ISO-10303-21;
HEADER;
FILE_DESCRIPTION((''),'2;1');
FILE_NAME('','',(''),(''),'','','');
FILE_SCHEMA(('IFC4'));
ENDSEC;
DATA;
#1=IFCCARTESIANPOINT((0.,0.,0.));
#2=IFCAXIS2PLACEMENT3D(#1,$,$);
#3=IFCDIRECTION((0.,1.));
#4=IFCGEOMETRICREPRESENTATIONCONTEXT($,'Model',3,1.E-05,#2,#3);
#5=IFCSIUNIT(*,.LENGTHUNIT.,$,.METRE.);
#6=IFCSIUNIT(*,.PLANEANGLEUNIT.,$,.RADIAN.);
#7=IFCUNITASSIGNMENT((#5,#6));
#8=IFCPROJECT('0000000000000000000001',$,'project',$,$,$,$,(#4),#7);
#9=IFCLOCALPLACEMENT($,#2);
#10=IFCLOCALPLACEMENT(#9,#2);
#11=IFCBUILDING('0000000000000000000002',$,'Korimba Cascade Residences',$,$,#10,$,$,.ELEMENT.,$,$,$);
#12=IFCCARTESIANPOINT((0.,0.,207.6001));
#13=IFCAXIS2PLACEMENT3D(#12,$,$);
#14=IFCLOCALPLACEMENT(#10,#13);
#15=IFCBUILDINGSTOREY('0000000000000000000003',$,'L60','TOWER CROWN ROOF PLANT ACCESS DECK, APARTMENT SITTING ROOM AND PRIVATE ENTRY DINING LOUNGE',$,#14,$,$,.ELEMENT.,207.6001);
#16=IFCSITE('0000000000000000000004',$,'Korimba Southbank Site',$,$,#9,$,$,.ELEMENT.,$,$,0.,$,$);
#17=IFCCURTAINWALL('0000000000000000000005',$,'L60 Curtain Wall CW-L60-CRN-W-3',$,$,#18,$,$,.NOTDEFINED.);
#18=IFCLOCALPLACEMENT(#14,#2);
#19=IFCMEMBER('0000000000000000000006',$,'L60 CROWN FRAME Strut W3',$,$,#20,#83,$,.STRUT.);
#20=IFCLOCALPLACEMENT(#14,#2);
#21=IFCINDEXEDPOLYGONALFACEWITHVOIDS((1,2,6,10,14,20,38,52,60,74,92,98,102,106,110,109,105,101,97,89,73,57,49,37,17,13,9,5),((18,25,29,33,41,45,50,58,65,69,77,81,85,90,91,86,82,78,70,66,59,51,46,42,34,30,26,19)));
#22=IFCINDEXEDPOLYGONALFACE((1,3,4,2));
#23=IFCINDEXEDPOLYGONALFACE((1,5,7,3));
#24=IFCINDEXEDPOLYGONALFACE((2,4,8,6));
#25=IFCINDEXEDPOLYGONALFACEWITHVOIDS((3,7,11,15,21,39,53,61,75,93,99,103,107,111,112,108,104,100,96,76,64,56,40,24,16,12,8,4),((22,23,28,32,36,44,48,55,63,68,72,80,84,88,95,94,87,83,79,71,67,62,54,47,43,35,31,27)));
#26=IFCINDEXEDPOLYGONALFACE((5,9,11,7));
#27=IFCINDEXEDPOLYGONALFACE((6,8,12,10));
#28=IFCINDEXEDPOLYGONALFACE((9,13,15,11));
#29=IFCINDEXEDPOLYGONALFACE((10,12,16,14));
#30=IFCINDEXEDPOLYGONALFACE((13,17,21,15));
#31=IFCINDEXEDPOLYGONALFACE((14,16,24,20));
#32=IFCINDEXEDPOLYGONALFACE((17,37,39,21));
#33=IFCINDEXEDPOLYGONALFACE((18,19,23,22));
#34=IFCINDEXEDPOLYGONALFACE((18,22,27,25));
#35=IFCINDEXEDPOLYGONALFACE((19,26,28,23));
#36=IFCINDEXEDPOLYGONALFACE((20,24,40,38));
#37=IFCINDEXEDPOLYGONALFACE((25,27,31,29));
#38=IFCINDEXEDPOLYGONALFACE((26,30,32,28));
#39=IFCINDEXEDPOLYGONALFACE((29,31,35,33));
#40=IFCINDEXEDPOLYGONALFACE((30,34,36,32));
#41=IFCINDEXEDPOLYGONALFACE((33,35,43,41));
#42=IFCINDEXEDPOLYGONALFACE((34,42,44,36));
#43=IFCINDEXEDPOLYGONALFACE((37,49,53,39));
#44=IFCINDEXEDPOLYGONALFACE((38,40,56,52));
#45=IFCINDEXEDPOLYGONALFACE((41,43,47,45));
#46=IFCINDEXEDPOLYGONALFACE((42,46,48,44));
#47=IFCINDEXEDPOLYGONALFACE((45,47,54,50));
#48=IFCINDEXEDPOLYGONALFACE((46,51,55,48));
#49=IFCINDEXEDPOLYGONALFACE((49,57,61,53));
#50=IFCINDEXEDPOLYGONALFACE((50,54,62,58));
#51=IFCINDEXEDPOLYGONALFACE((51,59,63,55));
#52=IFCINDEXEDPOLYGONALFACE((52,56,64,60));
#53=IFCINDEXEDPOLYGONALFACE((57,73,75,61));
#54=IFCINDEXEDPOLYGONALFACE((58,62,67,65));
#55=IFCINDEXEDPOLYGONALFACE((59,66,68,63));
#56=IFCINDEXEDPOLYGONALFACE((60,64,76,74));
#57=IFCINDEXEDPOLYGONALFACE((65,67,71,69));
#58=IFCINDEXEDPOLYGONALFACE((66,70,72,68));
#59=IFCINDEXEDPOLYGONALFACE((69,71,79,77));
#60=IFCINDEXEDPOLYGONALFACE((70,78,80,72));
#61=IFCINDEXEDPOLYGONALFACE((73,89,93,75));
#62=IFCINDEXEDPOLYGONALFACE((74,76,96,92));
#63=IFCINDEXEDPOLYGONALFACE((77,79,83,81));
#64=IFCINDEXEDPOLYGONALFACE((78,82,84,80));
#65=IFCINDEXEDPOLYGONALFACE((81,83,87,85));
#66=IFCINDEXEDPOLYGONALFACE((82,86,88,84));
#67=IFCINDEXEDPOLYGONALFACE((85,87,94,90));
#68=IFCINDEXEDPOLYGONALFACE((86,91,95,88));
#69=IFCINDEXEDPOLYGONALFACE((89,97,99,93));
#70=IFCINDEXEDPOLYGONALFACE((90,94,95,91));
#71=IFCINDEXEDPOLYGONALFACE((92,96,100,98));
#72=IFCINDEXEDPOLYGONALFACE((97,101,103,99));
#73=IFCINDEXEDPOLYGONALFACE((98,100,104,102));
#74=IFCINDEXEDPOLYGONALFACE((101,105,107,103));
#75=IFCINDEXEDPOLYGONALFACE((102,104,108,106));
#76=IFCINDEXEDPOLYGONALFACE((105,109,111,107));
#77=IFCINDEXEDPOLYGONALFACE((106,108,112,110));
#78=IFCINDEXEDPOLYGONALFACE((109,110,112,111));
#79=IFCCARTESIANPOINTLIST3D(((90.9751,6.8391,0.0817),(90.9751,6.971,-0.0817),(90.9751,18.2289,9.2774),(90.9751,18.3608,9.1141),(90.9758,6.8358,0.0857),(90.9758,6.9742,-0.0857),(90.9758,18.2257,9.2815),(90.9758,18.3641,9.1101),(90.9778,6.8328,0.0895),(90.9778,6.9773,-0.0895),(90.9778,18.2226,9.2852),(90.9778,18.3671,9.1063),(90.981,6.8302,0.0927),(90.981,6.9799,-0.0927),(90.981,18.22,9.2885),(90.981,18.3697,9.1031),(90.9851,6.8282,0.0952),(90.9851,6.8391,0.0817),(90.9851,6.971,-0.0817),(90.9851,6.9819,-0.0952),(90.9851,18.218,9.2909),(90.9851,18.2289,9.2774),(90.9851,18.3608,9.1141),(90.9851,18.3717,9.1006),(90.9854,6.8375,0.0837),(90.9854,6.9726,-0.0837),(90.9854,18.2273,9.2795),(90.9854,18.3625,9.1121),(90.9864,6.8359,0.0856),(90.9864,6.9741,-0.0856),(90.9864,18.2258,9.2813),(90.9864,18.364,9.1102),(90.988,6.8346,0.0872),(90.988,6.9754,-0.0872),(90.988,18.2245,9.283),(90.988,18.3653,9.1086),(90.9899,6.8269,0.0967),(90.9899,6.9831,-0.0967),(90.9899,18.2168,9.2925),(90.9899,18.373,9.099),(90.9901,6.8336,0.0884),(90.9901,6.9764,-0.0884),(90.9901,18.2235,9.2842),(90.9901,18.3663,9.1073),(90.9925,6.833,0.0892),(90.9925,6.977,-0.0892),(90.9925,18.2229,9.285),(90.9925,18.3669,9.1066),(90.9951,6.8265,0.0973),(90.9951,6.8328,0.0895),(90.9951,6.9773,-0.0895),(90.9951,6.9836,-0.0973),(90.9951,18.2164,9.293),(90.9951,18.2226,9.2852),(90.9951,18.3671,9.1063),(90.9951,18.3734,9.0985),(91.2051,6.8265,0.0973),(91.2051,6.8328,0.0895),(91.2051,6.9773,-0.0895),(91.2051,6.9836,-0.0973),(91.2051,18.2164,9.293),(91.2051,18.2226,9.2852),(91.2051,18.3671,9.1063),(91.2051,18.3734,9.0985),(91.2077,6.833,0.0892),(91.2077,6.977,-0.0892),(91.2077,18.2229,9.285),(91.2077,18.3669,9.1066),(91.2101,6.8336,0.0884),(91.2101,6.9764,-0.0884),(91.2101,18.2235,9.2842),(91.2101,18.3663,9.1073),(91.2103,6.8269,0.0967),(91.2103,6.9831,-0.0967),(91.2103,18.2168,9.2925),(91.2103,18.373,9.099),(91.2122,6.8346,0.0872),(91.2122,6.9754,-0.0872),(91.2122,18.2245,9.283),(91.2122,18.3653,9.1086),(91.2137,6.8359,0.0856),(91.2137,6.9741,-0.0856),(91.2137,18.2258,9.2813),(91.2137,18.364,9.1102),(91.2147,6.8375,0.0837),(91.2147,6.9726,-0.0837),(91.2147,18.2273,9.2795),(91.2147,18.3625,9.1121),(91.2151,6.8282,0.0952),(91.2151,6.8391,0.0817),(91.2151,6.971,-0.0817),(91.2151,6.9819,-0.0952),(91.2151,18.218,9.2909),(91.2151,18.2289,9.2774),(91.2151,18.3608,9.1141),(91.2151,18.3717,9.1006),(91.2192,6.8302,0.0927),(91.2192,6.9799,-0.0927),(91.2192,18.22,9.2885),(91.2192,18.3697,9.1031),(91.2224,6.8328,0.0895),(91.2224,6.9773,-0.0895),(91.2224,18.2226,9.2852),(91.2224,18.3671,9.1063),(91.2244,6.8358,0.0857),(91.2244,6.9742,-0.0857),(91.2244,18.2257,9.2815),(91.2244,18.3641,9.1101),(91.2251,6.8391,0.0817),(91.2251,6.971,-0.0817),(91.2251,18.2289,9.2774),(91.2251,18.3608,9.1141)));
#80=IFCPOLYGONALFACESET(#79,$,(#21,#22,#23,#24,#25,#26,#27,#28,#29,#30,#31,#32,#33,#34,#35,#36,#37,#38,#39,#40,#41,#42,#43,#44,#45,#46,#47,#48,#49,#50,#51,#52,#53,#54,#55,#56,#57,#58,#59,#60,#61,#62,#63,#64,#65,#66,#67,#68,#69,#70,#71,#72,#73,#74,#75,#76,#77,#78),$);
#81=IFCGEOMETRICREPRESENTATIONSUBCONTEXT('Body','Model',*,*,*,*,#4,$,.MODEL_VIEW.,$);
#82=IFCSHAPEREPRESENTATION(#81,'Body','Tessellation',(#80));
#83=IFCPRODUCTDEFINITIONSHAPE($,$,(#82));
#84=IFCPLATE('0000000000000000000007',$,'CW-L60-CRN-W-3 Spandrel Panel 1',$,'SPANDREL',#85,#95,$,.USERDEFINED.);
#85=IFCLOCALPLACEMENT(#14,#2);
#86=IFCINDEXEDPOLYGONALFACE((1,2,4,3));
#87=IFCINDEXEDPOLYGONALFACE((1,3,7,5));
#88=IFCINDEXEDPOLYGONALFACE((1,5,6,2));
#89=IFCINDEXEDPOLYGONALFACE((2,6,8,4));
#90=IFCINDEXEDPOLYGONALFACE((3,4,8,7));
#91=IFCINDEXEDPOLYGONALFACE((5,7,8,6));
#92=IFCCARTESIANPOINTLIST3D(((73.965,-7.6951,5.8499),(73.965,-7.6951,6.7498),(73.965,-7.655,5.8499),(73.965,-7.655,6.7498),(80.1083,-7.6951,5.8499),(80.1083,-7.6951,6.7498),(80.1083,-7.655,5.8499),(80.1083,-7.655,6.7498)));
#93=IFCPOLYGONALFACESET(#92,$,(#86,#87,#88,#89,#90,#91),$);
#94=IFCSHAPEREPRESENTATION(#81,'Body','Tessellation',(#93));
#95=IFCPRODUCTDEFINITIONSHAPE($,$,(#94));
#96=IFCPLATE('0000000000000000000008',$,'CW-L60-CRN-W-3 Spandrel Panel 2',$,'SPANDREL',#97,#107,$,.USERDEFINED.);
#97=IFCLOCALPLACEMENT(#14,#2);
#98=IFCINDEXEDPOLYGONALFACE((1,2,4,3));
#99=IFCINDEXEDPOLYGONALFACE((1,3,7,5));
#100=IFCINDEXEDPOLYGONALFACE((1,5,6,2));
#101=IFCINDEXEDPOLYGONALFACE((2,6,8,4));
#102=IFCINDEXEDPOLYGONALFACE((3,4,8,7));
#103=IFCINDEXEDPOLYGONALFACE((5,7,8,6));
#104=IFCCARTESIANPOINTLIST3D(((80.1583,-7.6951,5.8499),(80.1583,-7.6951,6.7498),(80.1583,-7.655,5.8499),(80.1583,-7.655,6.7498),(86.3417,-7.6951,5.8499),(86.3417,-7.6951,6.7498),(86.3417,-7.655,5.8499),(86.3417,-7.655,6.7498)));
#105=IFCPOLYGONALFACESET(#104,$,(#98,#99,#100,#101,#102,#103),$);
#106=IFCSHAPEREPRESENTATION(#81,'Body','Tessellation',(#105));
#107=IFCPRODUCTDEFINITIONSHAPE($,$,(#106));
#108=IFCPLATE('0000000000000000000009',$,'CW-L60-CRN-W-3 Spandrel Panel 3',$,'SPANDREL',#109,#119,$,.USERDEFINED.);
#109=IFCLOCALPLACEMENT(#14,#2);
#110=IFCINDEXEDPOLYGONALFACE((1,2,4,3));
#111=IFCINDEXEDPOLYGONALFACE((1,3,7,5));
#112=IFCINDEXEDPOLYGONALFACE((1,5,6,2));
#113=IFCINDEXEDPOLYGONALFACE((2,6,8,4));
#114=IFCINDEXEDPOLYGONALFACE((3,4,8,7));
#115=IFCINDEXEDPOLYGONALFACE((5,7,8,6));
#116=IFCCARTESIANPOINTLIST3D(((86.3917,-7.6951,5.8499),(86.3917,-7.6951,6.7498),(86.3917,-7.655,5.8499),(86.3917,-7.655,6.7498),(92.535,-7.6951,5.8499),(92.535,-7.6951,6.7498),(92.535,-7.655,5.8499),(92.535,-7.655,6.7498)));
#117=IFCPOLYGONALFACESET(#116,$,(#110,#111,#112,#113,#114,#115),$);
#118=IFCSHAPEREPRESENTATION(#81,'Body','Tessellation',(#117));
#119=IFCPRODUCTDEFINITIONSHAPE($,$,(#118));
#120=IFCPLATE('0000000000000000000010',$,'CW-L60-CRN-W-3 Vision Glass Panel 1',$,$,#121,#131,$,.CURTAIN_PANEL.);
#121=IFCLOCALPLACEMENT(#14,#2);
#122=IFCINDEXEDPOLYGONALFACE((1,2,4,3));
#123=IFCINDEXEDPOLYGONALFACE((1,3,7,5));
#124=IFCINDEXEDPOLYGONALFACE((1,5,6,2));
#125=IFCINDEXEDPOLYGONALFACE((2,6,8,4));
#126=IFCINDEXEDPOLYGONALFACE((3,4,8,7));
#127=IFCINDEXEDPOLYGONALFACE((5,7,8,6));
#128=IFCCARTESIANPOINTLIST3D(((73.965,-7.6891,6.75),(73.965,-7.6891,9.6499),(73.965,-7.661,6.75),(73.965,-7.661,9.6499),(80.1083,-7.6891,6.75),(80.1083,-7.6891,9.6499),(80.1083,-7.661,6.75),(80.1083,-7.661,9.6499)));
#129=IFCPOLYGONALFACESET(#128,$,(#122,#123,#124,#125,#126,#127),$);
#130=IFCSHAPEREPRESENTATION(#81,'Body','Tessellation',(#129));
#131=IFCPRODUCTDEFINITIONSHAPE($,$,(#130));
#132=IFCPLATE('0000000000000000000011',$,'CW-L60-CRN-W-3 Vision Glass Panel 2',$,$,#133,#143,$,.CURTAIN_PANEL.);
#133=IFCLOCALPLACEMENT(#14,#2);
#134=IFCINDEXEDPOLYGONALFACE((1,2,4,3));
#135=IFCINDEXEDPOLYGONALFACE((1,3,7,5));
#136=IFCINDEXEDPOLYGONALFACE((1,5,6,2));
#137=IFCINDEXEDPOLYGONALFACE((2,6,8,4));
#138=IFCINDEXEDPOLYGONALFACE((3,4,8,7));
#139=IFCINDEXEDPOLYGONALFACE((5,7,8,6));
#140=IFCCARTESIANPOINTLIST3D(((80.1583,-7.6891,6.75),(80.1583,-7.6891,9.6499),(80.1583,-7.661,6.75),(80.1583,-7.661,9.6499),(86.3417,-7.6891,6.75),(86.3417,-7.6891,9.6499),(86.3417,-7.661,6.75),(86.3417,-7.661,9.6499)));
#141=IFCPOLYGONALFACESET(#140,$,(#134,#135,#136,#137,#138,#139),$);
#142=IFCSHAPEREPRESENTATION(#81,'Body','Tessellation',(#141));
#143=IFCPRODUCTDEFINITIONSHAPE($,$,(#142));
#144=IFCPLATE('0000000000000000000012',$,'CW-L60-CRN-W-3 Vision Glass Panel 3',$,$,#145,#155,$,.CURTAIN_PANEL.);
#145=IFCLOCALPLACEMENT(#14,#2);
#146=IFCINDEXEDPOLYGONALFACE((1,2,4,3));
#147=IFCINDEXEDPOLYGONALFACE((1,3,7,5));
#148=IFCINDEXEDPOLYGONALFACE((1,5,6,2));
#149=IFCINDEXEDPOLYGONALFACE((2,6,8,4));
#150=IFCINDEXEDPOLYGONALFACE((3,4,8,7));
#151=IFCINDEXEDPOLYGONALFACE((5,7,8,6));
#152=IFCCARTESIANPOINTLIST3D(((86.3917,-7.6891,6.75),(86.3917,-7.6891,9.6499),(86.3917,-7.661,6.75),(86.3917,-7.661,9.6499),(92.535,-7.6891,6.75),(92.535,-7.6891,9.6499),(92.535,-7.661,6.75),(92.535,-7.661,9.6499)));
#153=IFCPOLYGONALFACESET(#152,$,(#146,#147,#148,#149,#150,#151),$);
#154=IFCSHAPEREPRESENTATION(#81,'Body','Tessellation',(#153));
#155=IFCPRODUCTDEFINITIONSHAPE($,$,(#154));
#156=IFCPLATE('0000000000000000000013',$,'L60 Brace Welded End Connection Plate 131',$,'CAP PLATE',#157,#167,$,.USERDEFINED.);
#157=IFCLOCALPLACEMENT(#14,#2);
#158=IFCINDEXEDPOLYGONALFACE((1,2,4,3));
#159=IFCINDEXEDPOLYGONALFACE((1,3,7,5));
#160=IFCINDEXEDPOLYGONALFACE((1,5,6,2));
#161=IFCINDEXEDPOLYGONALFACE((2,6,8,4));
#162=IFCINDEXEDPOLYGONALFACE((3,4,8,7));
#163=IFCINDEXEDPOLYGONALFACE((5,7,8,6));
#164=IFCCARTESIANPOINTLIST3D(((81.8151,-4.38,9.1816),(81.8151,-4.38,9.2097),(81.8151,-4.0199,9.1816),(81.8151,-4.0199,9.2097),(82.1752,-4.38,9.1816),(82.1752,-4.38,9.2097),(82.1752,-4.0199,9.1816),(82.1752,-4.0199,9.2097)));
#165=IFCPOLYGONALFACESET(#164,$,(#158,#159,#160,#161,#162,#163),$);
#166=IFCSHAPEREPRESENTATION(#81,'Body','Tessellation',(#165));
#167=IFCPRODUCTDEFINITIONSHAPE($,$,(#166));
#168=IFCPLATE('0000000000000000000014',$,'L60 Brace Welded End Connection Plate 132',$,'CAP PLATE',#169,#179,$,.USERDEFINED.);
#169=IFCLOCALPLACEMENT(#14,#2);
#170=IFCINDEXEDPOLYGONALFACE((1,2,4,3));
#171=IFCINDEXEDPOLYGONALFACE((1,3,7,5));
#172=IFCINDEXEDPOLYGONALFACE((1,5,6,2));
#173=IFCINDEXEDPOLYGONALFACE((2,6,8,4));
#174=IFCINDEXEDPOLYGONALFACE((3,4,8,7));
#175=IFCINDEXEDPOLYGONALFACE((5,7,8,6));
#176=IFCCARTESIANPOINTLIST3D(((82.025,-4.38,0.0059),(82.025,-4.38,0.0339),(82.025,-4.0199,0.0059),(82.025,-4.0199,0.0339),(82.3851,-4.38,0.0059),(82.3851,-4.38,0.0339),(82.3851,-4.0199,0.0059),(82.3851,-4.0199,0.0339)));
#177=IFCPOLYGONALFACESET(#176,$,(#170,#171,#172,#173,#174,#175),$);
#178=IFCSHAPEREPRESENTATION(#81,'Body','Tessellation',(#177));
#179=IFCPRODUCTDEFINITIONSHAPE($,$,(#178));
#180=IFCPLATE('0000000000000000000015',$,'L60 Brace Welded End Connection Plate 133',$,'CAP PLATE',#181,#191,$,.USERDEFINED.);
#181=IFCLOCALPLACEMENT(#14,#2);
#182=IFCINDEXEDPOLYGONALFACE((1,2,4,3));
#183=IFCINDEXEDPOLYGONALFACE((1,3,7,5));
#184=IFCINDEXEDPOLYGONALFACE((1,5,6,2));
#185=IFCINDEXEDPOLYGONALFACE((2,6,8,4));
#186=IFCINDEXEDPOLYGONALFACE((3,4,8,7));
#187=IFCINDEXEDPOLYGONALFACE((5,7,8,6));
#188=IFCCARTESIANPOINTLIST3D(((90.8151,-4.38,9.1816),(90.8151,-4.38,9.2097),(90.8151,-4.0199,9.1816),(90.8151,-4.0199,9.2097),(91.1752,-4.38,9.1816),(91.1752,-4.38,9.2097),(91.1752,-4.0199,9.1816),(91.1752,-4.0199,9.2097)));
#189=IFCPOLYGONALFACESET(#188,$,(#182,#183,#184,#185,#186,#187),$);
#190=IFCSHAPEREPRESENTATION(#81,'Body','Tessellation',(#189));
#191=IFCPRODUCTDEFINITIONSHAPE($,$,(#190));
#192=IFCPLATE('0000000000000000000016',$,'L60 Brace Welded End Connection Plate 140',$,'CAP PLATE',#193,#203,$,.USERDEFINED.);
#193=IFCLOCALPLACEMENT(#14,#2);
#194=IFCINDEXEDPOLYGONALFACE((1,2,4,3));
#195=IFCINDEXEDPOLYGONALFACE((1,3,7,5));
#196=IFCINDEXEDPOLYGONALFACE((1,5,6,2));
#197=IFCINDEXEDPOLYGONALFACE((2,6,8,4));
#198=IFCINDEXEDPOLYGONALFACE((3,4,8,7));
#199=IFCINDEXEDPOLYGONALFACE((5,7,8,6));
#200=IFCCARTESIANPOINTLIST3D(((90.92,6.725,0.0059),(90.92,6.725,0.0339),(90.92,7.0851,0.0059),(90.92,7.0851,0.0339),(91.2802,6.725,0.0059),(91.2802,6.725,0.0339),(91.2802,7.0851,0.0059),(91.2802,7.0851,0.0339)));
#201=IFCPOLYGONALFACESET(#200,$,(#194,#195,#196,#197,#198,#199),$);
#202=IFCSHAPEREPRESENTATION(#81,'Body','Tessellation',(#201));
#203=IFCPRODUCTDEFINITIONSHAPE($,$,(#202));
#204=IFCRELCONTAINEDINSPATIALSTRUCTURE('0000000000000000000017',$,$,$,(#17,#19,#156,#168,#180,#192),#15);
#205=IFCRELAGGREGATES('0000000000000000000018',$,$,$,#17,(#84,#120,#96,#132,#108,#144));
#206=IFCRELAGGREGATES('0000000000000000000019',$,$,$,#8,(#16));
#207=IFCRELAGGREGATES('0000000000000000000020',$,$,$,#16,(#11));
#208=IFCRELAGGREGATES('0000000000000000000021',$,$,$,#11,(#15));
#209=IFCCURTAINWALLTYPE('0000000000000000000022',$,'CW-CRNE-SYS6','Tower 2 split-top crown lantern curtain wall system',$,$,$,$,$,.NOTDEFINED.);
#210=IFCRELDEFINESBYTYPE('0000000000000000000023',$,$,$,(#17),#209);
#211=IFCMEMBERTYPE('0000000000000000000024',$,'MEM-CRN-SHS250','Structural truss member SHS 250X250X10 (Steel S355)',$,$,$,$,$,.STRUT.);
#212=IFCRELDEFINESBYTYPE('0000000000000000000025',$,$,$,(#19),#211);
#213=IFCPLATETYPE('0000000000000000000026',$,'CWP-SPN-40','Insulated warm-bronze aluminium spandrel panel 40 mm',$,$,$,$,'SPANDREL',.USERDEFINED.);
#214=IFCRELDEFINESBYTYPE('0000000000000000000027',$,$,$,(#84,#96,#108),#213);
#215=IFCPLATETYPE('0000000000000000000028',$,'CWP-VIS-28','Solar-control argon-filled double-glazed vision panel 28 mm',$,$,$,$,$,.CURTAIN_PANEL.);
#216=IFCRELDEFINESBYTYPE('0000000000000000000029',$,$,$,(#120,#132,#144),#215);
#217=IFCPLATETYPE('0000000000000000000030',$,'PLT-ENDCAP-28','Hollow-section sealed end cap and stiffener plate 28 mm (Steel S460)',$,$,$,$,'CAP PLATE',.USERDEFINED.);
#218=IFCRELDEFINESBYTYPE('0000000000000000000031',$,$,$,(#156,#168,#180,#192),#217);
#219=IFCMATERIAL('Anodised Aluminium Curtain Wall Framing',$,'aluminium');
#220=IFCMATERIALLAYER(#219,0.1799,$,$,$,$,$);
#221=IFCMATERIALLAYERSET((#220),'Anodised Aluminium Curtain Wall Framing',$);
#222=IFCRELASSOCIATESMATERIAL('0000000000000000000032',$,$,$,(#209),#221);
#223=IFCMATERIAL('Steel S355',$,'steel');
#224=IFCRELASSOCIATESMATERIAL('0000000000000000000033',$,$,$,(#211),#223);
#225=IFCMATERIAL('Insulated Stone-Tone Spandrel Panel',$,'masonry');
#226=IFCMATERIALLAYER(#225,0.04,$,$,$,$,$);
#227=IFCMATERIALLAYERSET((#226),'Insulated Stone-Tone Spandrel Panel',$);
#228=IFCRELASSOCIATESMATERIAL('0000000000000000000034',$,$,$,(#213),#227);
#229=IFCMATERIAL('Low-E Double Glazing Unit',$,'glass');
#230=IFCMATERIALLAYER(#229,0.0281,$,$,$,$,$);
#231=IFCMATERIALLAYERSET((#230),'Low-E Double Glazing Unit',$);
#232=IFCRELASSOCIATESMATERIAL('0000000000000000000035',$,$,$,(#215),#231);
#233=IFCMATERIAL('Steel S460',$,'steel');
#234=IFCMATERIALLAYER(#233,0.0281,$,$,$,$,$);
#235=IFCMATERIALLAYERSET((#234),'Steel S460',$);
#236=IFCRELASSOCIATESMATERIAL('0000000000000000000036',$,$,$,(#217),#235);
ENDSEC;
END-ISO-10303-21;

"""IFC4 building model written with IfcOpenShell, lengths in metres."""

from ifc_helpers import new_model, si_unit, direction, frame, origin, origin_2d, place, context, subcontext, project, spatial, rectangle, hollow_rectangle, extrude, material, layer, layer_set, material_profile, profile_set, type_object, element, aggregate, save


model = new_model("IFC4")

# Units and contexts
model_context = context("Model", 3, precision=1e-05, world=origin(), true_north=direction((0.0, 1.0)))
body_context = subcontext(model_context, "Body", "Model", "MODEL_VIEW")
ifc_project = project(units=[si_unit("LENGTHUNIT", "METRE"), si_unit("PLANEANGLEUNIT", "RADIAN")], contexts=[model_context])

# Site, building, storey
site_placement = place(None, origin())
site = spatial("IfcSite", under=ifc_project, at=site_placement, Name="Korimba Southbank Site", CompositionType="ELEMENT", RefElevation=0.0)
building_placement = place(site_placement, origin())
building = spatial("IfcBuilding", under=site, at=building_placement, Name="Korimba Cascade Residences", CompositionType="ELEMENT")
storey_placement = place(building_placement, frame((0.0, 0.0, 207.6001)))
storey = spatial("IfcBuildingStorey", under=building, at=storey_placement, Name="L60", Description="TOWER CROWN ROOF PLANT ACCESS DECK, APARTMENT SITTING ROOM AND PRIVATE ENTRY DINING LOUNGE", CompositionType="ELEMENT", Elevation=207.6001)

# Shared definitions
ifc_material_1 = material(Name="Steel S355", Category="steel")

# Curtain wall
ifc_material_2 = material(Name="Anodised Aluminium Curtain Wall Framing", Category="aluminium")
ifc_layer_1 = layer(ifc_material_2, 0.1799)
ifc_layer_set_1 = layer_set([ifc_layer_1], Name="Anodised Aluminium Curtain Wall Framing")
curtain_wall_type = type_object("IfcCurtainWallType", Name="CW-CRNE-SYS6", Description="Tower 2 split-top crown lantern curtain wall system", PredefinedType="NOTDEFINED", material=ifc_layer_set_1)
curtain_wall_placement = place(storey_placement, origin())
curtain_wall = element("IfcCurtainWall", 1, at=curtain_wall_placement, inside=storey, type_object=curtain_wall_type, Name="L60 Curtain Wall CW-L60-CRN-W-3", PredefinedType="NOTDEFINED")

# Member
ifc_material_profile_1 = material_profile(ifc_material_1, hollow_rectangle(XDim=0.25, YDim=0.25, WallThickness=0.01, InnerFilletRadius=0.01, OuterFilletRadius=0.02, at=origin_2d()), Name="Steel S355")
ifc_profile_set_1 = profile_set([ifc_material_profile_1], Name="Steel S355")
member_type_1 = type_object("IfcMemberType", Name="MEM-CRN-SHS250", Description="Structural truss member SHS 250X250X10 (Steel S355)", PredefinedType="STRUT", material=ifc_profile_set_1)
member_1_placement = place(storey_placement, frame((91.1001, 6.905, 0.0), z_axis=(0.0, 0.778066, 0.628183), x_axis=(-1.0, 0.0, 0.0)))
element("IfcMember", 2, at=member_1_placement, inside=storey, type_object=member_type_1, Name="L60 CROWN FRAME Strut W3", PredefinedType="STRUT", context=body_context, shape_type="SweptSolid", body=[
    extrude(hollow_rectangle(XDim=0.25, YDim=0.25, WallThickness=0.01, InnerFilletRadius=0.01, OuterFilletRadius=0.02, at=origin_2d()), origin(), (0.0, 0.0, 1.0), 14.6387),
])

# Plates
ifc_material_3 = material(Name="Insulated Stone-Tone Spandrel Panel", Category="masonry")
ifc_layer_2 = layer(ifc_material_3, 0.04)
ifc_layer_set_2 = layer_set([ifc_layer_2], Name="Insulated Stone-Tone Spandrel Panel")
plate_type_1 = type_object("IfcPlateType", Name="CWP-SPN-40", Description="Insulated warm-bronze aluminium spandrel panel 40 mm", ElementType="SPANDREL", PredefinedType="USERDEFINED", material=ifc_layer_set_2)
plate_1_placement = place(storey_placement, frame((77.0366, -7.675, 5.8499), z_axis=(0.0, 0.0, 1.0), x_axis=(1.0, 0.0, 0.0)))
plate_1 = element("IfcPlate", 3, at=plate_1_placement, type_object=plate_type_1, Name="CW-L60-CRN-W-3 Spandrel Panel 1", ObjectType="SPANDREL", PredefinedType="USERDEFINED", context=body_context, shape_type="SweptSolid", body=[
    extrude(rectangle(XDim=6.1433, YDim=0.04, at=origin_2d()), origin(), (0.0, 0.0, 1.0), 0.8999),
])
plate_2_placement = place(storey_placement, frame((83.25, -7.675, 5.8499), z_axis=(0.0, 0.0, 1.0), x_axis=(1.0, 0.0, 0.0)))
plate_2 = element("IfcPlate", 4, at=plate_2_placement, type_object=plate_type_1, Name="CW-L60-CRN-W-3 Spandrel Panel 2", ObjectType="SPANDREL", PredefinedType="USERDEFINED", context=body_context, shape_type="SweptSolid", body=[
    extrude(rectangle(XDim=6.1833, YDim=0.04, at=origin_2d()), origin(), (0.0, 0.0, 1.0), 0.8999),
])
plate_3_placement = place(storey_placement, frame((89.4634, -7.675, 5.8499), z_axis=(0.0, 0.0, 1.0), x_axis=(1.0, 0.0, 0.0)))
plate_3 = element("IfcPlate", 5, at=plate_3_placement, type_object=plate_type_1, Name="CW-L60-CRN-W-3 Spandrel Panel 3", ObjectType="SPANDREL", PredefinedType="USERDEFINED", context=body_context, shape_type="SweptSolid", body=[
    extrude(rectangle(XDim=6.1433, YDim=0.04, at=origin_2d()), origin(), (0.0, 0.0, 1.0), 0.8999),
])
ifc_material_4 = material(Name="Low-E Double Glazing Unit", Category="glass")
ifc_layer_3 = layer(ifc_material_4, 0.0281)
ifc_layer_set_3 = layer_set([ifc_layer_3], Name="Low-E Double Glazing Unit")
plate_type_2 = type_object("IfcPlateType", Name="CWP-VIS-28", Description="Solar-control argon-filled double-glazed vision panel 28 mm", PredefinedType="CURTAIN_PANEL", material=ifc_layer_set_3)
plate_4_placement = place(storey_placement, frame((77.0366, -7.675, 6.75), z_axis=(0.0, 0.0, 1.0), x_axis=(1.0, 0.0, 0.0)))
plate_4 = element("IfcPlate", 6, at=plate_4_placement, type_object=plate_type_2, Name="CW-L60-CRN-W-3 Vision Glass Panel 1", PredefinedType="CURTAIN_PANEL", context=body_context, shape_type="SweptSolid", body=[
    extrude(rectangle(XDim=6.1433, YDim=0.0281, at=origin_2d()), origin(), (0.0, 0.0, 1.0), 2.8999),
])
plate_5_placement = place(storey_placement, frame((83.25, -7.675, 6.75), z_axis=(0.0, 0.0, 1.0), x_axis=(1.0, 0.0, 0.0)))
plate_5 = element("IfcPlate", 7, at=plate_5_placement, type_object=plate_type_2, Name="CW-L60-CRN-W-3 Vision Glass Panel 2", PredefinedType="CURTAIN_PANEL", context=body_context, shape_type="SweptSolid", body=[
    extrude(rectangle(XDim=6.1833, YDim=0.0281, at=origin_2d()), origin(), (0.0, 0.0, 1.0), 2.8999),
])
plate_6_placement = place(storey_placement, frame((89.4634, -7.675, 6.75), z_axis=(0.0, 0.0, 1.0), x_axis=(1.0, 0.0, 0.0)))
plate_6 = element("IfcPlate", 8, at=plate_6_placement, type_object=plate_type_2, Name="CW-L60-CRN-W-3 Vision Glass Panel 3", PredefinedType="CURTAIN_PANEL", context=body_context, shape_type="SweptSolid", body=[
    extrude(rectangle(XDim=6.1433, YDim=0.0281, at=origin_2d()), origin(), (0.0, 0.0, 1.0), 2.8999),
])
aggregate(curtain_wall, [plate_1, plate_4, plate_2, plate_5, plate_3, plate_6])

# Plates
ifc_material_5 = material(Name="Steel S460", Category="steel")
ifc_layer_4 = layer(ifc_material_5, 0.0281)
ifc_layer_set_4 = layer_set([ifc_layer_4], Name="Steel S460")
plate_type_3 = type_object("IfcPlateType", Name="PLT-ENDCAP-28", Description="Hollow-section sealed end cap and stiffener plate 28 mm (Steel S460)", ElementType="CAP PLATE", PredefinedType="USERDEFINED", material=ifc_layer_set_4)
for number, where, z_axis, x_axis, name in (
    (9, (81.9951, -4.2, 9.1816), (0.0, 0.0, 1.0), (1.0, 0.0, 0.0), "L60 Brace Welded End Connection Plate 131"),
    (10, (82.2051, -4.2, 0.0059), (0.0, 0.0, 1.0), (1.0, 0.0, 0.0), "L60 Brace Welded End Connection Plate 132"),
    (11, (90.9951, -4.2, 9.1816), (0.0, 0.0, 1.0), (1.0, 0.0, 0.0), "L60 Brace Welded End Connection Plate 133"),
    (12, (91.1001, 6.905, 0.0059), (0.0, 0.0, 1.0), (1.0, 0.0, 0.0), "L60 Brace Welded End Connection Plate 140"),
):
    element("IfcPlate", number, at=place(storey_placement, frame(where, z_axis=z_axis, x_axis=x_axis)), inside=storey, type_object=plate_type_3, Name=name, ObjectType="CAP PLATE", PredefinedType="USERDEFINED", context=body_context, shape_type="SweptSolid", body=[
        extrude(rectangle(XDim=0.3601, YDim=0.3601, at=origin_2d()), origin(), (0.0, 0.0, 1.0), 0.0281),
    ])

save(model, "model.ifc")
